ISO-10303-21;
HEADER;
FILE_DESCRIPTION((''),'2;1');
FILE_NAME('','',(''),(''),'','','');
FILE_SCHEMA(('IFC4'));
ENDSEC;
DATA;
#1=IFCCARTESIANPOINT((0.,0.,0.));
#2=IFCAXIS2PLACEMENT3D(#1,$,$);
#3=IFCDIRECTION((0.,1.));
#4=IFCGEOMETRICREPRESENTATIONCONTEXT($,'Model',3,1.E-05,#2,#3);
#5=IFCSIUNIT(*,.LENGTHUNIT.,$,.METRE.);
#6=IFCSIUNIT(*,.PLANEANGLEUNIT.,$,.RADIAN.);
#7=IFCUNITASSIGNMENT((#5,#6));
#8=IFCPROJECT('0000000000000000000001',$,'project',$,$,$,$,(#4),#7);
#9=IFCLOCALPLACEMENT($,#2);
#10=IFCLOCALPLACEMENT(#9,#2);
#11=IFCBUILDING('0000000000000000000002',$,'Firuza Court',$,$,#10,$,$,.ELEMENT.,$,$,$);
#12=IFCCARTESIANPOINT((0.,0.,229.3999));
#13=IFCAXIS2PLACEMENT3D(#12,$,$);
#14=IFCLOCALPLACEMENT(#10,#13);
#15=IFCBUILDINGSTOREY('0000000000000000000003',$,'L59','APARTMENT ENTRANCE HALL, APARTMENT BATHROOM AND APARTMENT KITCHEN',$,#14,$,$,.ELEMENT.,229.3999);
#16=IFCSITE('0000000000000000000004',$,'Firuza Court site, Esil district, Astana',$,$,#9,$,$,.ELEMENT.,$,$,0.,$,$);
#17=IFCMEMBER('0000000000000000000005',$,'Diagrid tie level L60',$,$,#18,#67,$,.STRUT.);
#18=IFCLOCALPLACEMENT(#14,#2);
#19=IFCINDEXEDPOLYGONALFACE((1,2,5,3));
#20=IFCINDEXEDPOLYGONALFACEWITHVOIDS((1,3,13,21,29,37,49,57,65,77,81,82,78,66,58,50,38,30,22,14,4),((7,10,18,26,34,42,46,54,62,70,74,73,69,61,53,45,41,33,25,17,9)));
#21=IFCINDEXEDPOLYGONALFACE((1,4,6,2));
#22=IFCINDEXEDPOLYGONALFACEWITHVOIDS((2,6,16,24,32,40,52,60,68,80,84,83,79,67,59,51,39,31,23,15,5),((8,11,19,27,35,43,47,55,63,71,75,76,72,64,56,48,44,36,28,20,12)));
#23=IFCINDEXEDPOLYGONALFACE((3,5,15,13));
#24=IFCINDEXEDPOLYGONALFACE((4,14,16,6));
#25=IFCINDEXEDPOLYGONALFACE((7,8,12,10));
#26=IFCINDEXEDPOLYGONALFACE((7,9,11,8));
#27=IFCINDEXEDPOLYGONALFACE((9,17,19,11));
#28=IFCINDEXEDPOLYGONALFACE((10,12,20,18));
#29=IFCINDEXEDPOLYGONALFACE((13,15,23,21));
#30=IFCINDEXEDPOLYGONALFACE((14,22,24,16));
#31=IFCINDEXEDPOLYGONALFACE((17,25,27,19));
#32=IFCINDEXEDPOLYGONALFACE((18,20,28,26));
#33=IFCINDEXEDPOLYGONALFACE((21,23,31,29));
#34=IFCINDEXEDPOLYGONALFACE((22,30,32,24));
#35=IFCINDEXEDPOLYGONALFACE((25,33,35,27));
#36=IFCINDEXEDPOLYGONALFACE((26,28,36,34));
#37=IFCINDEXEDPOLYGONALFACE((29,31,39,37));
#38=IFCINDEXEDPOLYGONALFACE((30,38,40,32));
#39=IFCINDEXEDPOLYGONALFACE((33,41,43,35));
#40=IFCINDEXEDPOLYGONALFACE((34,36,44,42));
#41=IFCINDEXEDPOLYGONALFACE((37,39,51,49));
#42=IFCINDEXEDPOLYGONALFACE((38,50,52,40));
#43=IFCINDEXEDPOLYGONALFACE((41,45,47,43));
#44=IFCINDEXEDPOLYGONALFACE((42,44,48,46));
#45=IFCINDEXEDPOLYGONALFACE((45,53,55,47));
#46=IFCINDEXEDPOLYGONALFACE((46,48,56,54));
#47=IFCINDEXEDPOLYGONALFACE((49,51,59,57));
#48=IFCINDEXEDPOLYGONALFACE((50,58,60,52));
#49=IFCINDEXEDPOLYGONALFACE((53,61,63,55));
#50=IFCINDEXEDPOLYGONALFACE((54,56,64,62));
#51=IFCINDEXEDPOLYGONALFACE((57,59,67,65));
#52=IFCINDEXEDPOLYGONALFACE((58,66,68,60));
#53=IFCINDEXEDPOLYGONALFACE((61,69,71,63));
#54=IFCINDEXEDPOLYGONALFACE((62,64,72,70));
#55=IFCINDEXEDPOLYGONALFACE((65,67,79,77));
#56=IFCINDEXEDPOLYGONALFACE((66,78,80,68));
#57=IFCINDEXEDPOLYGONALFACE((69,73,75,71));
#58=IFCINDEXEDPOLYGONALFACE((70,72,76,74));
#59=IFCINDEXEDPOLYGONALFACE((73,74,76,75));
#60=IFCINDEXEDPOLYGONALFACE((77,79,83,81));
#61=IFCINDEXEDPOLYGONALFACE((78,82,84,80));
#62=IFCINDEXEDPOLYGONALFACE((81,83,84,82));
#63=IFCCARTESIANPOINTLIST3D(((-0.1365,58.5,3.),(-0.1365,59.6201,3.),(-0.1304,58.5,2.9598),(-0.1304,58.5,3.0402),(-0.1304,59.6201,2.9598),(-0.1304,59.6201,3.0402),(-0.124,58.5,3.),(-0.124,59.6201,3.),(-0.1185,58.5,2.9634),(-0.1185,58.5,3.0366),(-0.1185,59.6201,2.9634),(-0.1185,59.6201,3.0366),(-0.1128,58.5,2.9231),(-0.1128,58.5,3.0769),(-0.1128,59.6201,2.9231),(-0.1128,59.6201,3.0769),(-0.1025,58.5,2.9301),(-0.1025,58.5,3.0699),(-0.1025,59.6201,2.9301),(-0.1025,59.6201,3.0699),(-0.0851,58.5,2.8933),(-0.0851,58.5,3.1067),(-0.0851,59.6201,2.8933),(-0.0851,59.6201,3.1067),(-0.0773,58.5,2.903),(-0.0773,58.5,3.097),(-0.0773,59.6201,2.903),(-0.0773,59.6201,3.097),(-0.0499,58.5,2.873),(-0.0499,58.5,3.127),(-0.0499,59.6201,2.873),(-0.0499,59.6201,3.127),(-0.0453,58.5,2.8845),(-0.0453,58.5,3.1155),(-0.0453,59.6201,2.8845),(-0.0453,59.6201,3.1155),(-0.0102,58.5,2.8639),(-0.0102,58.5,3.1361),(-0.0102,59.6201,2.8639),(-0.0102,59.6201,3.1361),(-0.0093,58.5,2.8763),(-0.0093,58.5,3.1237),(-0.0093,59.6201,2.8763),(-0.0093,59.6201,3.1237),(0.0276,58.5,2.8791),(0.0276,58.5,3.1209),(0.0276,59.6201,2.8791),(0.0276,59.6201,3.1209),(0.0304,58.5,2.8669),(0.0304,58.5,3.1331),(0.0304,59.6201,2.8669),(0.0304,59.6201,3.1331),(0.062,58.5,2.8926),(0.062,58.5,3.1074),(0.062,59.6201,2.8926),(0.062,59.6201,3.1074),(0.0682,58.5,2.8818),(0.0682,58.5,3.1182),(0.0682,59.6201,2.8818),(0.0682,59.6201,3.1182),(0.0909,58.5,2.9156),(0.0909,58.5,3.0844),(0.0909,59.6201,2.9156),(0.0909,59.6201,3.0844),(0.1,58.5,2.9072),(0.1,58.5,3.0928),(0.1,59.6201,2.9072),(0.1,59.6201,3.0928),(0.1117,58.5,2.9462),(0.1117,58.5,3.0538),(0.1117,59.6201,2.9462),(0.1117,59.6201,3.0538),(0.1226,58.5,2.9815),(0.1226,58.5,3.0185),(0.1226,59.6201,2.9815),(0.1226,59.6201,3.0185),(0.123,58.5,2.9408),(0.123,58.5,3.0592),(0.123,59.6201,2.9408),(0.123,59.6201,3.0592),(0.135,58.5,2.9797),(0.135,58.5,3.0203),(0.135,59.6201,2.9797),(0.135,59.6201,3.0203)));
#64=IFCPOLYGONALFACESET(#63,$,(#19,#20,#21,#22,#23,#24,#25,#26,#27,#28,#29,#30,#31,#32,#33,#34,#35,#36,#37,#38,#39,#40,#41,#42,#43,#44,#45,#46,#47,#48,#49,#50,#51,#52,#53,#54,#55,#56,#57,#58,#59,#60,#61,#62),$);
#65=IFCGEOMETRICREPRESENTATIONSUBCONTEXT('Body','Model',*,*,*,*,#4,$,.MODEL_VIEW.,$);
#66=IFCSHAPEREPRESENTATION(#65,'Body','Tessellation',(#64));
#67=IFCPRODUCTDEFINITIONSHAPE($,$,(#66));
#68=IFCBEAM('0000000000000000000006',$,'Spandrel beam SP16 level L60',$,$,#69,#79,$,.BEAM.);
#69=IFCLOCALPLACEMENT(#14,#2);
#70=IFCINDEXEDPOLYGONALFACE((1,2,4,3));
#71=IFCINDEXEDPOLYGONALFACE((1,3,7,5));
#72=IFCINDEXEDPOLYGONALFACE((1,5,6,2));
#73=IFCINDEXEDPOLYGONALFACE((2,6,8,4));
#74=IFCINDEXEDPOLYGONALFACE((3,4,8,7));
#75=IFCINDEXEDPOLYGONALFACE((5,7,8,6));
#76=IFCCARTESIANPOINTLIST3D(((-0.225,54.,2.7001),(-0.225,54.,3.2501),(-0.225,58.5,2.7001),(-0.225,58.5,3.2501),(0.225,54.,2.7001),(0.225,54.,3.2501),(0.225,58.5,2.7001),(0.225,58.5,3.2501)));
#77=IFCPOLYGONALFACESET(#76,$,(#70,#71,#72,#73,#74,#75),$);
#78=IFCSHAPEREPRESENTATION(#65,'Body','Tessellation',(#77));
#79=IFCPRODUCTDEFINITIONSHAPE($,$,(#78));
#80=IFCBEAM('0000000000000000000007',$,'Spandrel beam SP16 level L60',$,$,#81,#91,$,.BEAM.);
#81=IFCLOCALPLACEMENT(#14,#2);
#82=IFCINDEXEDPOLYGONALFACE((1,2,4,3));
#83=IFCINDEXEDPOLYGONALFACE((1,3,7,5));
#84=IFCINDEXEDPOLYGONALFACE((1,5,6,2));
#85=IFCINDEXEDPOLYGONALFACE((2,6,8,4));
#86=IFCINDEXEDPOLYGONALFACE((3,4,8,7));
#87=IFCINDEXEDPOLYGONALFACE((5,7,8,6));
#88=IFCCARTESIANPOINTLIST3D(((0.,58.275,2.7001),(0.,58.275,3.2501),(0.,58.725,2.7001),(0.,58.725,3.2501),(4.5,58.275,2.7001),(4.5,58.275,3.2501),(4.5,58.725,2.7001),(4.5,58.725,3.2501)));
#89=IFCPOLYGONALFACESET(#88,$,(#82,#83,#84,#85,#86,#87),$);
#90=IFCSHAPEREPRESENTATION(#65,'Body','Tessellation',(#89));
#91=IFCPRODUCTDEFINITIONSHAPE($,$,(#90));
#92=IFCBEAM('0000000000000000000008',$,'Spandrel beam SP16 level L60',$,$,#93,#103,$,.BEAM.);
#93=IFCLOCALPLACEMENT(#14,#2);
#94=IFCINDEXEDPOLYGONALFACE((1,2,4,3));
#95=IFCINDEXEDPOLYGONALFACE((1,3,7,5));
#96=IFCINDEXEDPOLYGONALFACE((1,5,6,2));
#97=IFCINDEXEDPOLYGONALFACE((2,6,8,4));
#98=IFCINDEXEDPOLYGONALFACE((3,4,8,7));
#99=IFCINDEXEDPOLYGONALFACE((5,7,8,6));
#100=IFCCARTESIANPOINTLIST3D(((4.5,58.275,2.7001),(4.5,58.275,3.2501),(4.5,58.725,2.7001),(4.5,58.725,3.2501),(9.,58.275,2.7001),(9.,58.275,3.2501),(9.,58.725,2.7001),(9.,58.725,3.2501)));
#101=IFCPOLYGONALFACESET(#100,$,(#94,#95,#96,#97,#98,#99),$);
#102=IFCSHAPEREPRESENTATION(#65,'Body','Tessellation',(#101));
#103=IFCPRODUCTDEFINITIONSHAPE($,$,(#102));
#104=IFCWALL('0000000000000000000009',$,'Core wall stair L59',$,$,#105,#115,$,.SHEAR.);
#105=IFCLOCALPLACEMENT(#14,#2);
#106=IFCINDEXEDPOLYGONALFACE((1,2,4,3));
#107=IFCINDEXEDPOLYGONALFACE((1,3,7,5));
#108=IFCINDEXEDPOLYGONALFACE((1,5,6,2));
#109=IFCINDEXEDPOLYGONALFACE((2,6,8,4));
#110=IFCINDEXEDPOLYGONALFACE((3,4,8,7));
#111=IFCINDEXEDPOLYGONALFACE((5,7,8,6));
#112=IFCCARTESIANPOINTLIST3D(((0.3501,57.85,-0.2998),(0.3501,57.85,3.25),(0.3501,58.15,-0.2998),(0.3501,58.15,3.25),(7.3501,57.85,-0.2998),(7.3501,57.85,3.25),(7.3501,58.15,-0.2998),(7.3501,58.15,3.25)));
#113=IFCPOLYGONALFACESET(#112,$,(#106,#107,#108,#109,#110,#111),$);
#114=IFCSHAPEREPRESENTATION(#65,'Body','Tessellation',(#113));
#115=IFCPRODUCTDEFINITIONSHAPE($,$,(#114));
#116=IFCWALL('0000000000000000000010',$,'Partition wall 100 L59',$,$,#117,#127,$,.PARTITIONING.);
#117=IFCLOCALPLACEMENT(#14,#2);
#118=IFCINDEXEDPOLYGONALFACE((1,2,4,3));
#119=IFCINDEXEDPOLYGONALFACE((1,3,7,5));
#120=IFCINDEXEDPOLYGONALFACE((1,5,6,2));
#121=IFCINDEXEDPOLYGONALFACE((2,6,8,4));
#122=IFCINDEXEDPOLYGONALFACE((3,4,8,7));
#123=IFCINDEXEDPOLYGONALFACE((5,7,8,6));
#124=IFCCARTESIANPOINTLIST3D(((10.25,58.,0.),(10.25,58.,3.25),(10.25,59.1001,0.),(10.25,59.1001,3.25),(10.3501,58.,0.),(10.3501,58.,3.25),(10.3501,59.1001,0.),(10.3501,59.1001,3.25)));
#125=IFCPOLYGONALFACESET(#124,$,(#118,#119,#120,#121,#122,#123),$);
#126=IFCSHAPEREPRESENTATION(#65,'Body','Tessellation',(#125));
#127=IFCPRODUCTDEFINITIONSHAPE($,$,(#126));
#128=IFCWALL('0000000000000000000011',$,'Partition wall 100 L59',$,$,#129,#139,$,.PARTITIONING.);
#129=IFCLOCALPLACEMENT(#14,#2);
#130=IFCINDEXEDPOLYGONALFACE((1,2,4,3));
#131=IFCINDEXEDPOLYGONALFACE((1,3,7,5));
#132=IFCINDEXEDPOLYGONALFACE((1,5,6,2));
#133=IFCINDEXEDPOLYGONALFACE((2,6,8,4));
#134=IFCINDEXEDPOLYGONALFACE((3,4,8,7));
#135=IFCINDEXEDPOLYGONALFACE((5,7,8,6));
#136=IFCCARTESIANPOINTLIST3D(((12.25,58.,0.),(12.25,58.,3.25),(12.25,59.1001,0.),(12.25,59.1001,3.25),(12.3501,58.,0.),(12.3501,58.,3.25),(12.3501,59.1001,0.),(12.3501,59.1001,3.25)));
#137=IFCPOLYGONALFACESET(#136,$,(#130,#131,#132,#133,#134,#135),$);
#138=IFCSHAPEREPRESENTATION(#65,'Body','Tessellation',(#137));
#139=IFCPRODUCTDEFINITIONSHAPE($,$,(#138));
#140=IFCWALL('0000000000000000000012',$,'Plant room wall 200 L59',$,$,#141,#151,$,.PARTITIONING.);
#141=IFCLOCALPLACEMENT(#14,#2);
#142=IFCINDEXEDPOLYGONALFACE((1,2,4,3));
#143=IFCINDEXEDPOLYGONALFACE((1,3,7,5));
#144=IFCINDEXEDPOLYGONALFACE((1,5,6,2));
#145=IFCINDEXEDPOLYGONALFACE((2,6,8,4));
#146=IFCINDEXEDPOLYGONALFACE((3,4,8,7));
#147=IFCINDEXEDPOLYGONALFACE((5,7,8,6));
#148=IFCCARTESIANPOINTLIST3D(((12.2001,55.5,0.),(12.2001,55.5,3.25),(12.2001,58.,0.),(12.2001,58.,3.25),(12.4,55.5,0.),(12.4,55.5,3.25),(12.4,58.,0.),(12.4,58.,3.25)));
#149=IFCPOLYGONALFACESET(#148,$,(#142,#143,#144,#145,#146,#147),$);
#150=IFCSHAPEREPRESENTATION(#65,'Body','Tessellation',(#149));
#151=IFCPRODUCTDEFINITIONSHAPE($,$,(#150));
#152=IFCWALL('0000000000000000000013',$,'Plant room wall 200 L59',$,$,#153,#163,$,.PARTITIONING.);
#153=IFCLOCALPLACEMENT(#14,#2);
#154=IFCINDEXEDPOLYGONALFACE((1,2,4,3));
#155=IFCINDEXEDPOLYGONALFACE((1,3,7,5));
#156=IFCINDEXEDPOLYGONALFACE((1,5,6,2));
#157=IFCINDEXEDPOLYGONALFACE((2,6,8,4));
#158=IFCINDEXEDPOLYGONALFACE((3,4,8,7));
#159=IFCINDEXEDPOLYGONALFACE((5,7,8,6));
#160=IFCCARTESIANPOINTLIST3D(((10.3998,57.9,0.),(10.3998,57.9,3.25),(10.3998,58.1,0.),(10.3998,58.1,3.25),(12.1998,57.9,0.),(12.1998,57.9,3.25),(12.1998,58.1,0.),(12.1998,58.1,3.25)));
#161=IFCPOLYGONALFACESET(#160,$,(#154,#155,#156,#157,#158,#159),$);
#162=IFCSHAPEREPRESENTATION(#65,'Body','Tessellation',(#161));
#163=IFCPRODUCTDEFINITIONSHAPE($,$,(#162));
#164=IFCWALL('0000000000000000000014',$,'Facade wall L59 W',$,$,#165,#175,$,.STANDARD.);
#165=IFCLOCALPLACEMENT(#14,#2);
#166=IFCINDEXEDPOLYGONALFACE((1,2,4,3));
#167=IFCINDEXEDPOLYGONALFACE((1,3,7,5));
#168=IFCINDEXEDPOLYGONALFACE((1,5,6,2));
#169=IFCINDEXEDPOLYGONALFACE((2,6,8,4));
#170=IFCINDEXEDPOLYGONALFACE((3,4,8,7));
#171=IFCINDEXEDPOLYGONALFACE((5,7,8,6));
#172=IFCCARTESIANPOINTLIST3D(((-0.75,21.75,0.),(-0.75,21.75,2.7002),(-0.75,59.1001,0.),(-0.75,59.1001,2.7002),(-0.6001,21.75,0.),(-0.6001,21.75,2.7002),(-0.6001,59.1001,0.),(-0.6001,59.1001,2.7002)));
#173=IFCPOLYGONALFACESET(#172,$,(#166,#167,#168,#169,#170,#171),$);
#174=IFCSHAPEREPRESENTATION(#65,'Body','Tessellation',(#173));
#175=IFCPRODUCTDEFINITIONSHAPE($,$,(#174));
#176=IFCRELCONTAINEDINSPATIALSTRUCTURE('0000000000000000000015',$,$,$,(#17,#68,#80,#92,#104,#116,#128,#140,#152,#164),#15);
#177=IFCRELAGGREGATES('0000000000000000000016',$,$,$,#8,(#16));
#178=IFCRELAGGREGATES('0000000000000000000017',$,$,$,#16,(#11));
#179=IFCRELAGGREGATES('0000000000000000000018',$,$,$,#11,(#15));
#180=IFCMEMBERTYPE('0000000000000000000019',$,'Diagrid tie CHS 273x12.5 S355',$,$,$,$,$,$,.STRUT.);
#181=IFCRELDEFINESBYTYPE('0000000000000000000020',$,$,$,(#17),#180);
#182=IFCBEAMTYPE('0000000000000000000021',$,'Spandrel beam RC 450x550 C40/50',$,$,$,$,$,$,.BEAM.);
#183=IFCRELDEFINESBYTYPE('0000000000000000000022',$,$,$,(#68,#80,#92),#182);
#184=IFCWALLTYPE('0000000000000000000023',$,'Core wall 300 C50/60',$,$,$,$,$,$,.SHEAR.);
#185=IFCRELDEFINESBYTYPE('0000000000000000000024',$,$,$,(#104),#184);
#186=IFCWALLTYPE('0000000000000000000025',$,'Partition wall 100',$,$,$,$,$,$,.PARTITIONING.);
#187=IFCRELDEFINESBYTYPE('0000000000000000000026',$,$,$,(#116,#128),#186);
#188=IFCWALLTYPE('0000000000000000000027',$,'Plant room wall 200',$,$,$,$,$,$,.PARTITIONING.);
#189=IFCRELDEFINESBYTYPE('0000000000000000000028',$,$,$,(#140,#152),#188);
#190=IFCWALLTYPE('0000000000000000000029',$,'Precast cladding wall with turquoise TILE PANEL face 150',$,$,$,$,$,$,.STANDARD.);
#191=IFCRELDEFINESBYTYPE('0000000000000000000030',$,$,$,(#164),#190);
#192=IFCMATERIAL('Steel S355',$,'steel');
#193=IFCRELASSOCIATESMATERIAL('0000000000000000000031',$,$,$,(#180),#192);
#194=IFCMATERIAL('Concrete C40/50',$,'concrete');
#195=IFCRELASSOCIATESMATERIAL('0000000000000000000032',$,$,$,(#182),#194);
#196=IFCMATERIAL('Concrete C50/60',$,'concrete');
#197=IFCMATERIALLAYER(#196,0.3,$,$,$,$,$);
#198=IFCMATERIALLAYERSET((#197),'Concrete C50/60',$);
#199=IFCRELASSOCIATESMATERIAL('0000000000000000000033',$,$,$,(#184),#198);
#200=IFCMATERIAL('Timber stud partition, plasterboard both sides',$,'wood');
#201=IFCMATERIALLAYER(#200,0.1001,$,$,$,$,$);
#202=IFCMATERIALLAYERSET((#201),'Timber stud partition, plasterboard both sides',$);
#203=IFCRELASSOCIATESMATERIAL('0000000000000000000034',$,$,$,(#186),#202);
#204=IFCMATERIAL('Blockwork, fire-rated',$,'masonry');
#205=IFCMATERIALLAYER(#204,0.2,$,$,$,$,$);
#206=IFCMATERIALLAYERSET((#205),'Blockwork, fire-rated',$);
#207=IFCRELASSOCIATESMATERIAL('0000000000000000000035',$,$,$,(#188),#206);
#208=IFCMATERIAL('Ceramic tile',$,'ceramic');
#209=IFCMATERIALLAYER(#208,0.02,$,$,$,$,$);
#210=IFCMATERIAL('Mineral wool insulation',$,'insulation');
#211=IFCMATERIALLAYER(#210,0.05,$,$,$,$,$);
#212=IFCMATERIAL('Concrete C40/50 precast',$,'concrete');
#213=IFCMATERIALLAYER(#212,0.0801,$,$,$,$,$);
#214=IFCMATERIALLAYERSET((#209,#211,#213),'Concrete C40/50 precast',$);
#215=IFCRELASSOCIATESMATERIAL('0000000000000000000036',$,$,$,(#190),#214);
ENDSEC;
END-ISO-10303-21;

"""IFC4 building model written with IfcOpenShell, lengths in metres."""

from ifc_helpers import new_model, si_unit, direction, frame, frame_2d, origin, origin_2d, place, context, subcontext, project, spatial, rectangle, hollow_circle, extrude, material, layer, layer_set, material_profile, profile_set, type_object, element, save


model = new_model("IFC4")

# Units and contexts
model_context = context("Model", 3, precision=1e-05, world=origin(), true_north=direction((0.0, 1.0)))
body_context = subcontext(model_context, "Body", "Model", "MODEL_VIEW")
ifc_project = project(units=[si_unit("LENGTHUNIT", "METRE"), si_unit("PLANEANGLEUNIT", "RADIAN")], contexts=[model_context])

# Site, building, storey
site_placement = place(None, origin())
site = spatial("IfcSite", under=ifc_project, at=site_placement, Name="Firuza Court site, Esil district, Astana", CompositionType="ELEMENT", RefElevation=0.0)
building_placement = place(site_placement, origin())
building = spatial("IfcBuilding", under=site, at=building_placement, Name="Firuza Court", CompositionType="ELEMENT")
storey_placement = place(building_placement, frame((0.0, 0.0, 229.3999)))
storey = spatial("IfcBuildingStorey", under=building, at=storey_placement, Name="L59", Description="APARTMENT ENTRANCE HALL, APARTMENT BATHROOM AND APARTMENT KITCHEN", CompositionType="ELEMENT", Elevation=229.3999)

# Member
ifc_material_1 = material(Name="Steel S355", Category="steel")
ifc_material_profile_1 = material_profile(ifc_material_1, hollow_circle(Radius=0.1365, WallThickness=0.0125, at=origin_2d()), Name="CHS 273x12.5")
ifc_profile_set_1 = profile_set([ifc_material_profile_1], Name="Steel S355")
member_type_1 = type_object("IfcMemberType", Name="Diagrid tie CHS 273x12.5 S355", PredefinedType="STRUT", material=ifc_profile_set_1)
member_placement = place(storey_placement, frame((0.0, 58.5, 3.0), z_axis=(0.0, 1.0, 0.0), x_axis=(-1.0, 0.0, 0.0)))
element("IfcMember", 1, at=member_placement, inside=storey, type_object=member_type_1, Name="Diagrid tie level L60", PredefinedType="STRUT", context=body_context, shape_type="SweptSolid", body=[
    extrude(hollow_circle(Radius=0.1365, WallThickness=0.0125, at=origin_2d()), origin(), (0.0, 0.0, 1.0), 1.1201),
])

# Beams
ifc_material_2 = material(Name="Concrete C40/50", Category="concrete")
ifc_material_profile_2 = material_profile(ifc_material_2, rectangle(XDim=0.45, YDim=0.55, at=origin_2d()), Name="RC 450x550")
ifc_profile_set_2 = profile_set([ifc_material_profile_2], Name="Concrete C40/50")
beam_type = type_object("IfcBeamType", Name="Spandrel beam RC 450x550 C40/50", PredefinedType="BEAM", material=ifc_profile_set_2)
for number, where, z_axis, x_axis, name in (
    (2, (0.0, 58.5, 2.9751), (0.0, -1.0, 0.0), (1.0, 0.0, 0.0), "Spandrel beam SP16 level L60"),
    (3, (4.5, 58.5, 2.9751), (-1.0, 0.0, 0.0), (0.0, -1.0, 0.0), "Spandrel beam SP16 level L60"),
    (4, (9.0, 58.5, 2.9751), (-1.0, 0.0, 0.0), (0.0, -1.0, 0.0), "Spandrel beam SP16 level L60"),
):
    element("IfcBeam", number, at=place(storey_placement, frame(where, z_axis=z_axis, x_axis=x_axis)), inside=storey, type_object=beam_type, Name=name, PredefinedType="BEAM", context=body_context, shape_type="SweptSolid", body=[
        extrude(rectangle(XDim=0.45, YDim=0.55, at=origin_2d()), origin(), (0.0, 0.0, 1.0), 4.5),
    ])

# Walls
ifc_material_3 = material(Name="Concrete C50/60", Category="concrete")
ifc_layer_1 = layer(ifc_material_3, 0.3)
ifc_layer_set_1 = layer_set([ifc_layer_1], Name="Concrete C50/60")
wall_type_1 = type_object("IfcWallType", Name="Core wall 300 C50/60", PredefinedType="SHEAR", material=ifc_layer_set_1)
wall_1_placement = place(storey_placement, frame((0.3501, 58.0, -0.2998), z_axis=(0.0, 0.0, 1.0), x_axis=(1.0, 0.0, 0.0)))
element("IfcWall", 5, at=wall_1_placement, inside=storey, type_object=wall_type_1, Name="Core wall stair L59", PredefinedType="SHEAR", context=body_context, shape_type="SweptSolid", body=[
    extrude(rectangle(XDim=7.0, YDim=0.3, at=frame_2d((3.5, 0.0))), origin(), (0.0, 0.0, 1.0), 3.5498),
])
ifc_material_4 = material(Name="Timber stud partition, plasterboard both sides", Category="wood")
ifc_layer_2 = layer(ifc_material_4, 0.1001)
ifc_layer_set_2 = layer_set([ifc_layer_2], Name="Timber stud partition, plasterboard both sides")
wall_type_2 = type_object("IfcWallType", Name="Partition wall 100", PredefinedType="PARTITIONING", material=ifc_layer_set_2)
for number, where, z_axis, x_axis, name in (
    (6, (10.3, 58.0, 0.0), (0.0, 0.0, 1.0), (0.0, 1.0, 0.0), "Partition wall 100 L59"),
    (7, (12.3, 58.0, 0.0), (0.0, 0.0, 1.0), (0.0, 1.0, 0.0), "Partition wall 100 L59"),
):
    element("IfcWall", number, at=place(storey_placement, frame(where, z_axis=z_axis, x_axis=x_axis)), inside=storey, type_object=wall_type_2, Name=name, PredefinedType="PARTITIONING", context=body_context, shape_type="SweptSolid", body=[
        extrude(rectangle(XDim=1.1001, YDim=0.1001, at=frame_2d((0.55, 0.0))), origin(), (0.0, 0.0, 1.0), 3.25),
    ])
ifc_material_5 = material(Name="Blockwork, fire-rated", Category="masonry")
ifc_layer_3 = layer(ifc_material_5, 0.2)
ifc_layer_set_3 = layer_set([ifc_layer_3], Name="Blockwork, fire-rated")
wall_type_3 = type_object("IfcWallType", Name="Plant room wall 200", PredefinedType="PARTITIONING", material=ifc_layer_set_3)
wall_2_placement = place(storey_placement, frame((12.3, 55.5, 0.0), z_axis=(0.0, 0.0, 1.0), x_axis=(0.0, 1.0, 0.0)))
element("IfcWall", 8, at=wall_2_placement, inside=storey, type_object=wall_type_3, Name="Plant room wall 200 L59", PredefinedType="PARTITIONING", context=body_context, shape_type="SweptSolid", body=[
    extrude(rectangle(XDim=2.5, YDim=0.2, at=frame_2d((1.25, 0.0))), origin(), (0.0, 0.0, 1.0), 3.25),
])
wall_3_placement = place(storey_placement, frame((10.3999, 58.0, 0.0), z_axis=(0.0, 0.0, 1.0), x_axis=(1.0, 0.0, 0.0)))
element("IfcWall", 9, at=wall_3_placement, inside=storey, type_object=wall_type_3, Name="Plant room wall 200 L59", PredefinedType="PARTITIONING", context=body_context, shape_type="SweptSolid", body=[
    extrude(rectangle(XDim=1.8, YDim=0.2, at=frame_2d((0.8999, 0.0))), origin(), (0.0, 0.0, 1.0), 3.25),
])
ifc_material_6 = material(Name="Ceramic tile", Category="ceramic")
ifc_layer_4 = layer(ifc_material_6, 0.02)
ifc_material_7 = material(Name="Mineral wool insulation", Category="insulation")
ifc_layer_5 = layer(ifc_material_7, 0.05)
ifc_material_8 = material(Name="Concrete C40/50 precast", Category="concrete")
ifc_layer_6 = layer(ifc_material_8, 0.0801)
ifc_layer_set_4 = layer_set([ifc_layer_4, ifc_layer_5, ifc_layer_6], Name="Concrete C40/50 precast")
wall_type_4 = type_object("IfcWallType", Name="Precast cladding wall with turquoise TILE PANEL face 150", PredefinedType="STANDARD", material=ifc_layer_set_4)
wall_4_placement = place(storey_placement, frame((-0.675, 59.1001, 0.0), z_axis=(0.0, 0.0, 1.0), x_axis=(0.0, -1.0, 0.0)))
element("IfcWall", 10, at=wall_4_placement, inside=storey, type_object=wall_type_4, Name="Facade wall L59 W", PredefinedType="STANDARD", context=body_context, shape_type="SweptSolid", body=[
    extrude(rectangle(XDim=37.3501, YDim=0.1499, at=frame_2d((18.675, 0.0))), origin(), (0.0, 0.0, 1.0), 2.7002),
])

save(model, "model.ifc")
